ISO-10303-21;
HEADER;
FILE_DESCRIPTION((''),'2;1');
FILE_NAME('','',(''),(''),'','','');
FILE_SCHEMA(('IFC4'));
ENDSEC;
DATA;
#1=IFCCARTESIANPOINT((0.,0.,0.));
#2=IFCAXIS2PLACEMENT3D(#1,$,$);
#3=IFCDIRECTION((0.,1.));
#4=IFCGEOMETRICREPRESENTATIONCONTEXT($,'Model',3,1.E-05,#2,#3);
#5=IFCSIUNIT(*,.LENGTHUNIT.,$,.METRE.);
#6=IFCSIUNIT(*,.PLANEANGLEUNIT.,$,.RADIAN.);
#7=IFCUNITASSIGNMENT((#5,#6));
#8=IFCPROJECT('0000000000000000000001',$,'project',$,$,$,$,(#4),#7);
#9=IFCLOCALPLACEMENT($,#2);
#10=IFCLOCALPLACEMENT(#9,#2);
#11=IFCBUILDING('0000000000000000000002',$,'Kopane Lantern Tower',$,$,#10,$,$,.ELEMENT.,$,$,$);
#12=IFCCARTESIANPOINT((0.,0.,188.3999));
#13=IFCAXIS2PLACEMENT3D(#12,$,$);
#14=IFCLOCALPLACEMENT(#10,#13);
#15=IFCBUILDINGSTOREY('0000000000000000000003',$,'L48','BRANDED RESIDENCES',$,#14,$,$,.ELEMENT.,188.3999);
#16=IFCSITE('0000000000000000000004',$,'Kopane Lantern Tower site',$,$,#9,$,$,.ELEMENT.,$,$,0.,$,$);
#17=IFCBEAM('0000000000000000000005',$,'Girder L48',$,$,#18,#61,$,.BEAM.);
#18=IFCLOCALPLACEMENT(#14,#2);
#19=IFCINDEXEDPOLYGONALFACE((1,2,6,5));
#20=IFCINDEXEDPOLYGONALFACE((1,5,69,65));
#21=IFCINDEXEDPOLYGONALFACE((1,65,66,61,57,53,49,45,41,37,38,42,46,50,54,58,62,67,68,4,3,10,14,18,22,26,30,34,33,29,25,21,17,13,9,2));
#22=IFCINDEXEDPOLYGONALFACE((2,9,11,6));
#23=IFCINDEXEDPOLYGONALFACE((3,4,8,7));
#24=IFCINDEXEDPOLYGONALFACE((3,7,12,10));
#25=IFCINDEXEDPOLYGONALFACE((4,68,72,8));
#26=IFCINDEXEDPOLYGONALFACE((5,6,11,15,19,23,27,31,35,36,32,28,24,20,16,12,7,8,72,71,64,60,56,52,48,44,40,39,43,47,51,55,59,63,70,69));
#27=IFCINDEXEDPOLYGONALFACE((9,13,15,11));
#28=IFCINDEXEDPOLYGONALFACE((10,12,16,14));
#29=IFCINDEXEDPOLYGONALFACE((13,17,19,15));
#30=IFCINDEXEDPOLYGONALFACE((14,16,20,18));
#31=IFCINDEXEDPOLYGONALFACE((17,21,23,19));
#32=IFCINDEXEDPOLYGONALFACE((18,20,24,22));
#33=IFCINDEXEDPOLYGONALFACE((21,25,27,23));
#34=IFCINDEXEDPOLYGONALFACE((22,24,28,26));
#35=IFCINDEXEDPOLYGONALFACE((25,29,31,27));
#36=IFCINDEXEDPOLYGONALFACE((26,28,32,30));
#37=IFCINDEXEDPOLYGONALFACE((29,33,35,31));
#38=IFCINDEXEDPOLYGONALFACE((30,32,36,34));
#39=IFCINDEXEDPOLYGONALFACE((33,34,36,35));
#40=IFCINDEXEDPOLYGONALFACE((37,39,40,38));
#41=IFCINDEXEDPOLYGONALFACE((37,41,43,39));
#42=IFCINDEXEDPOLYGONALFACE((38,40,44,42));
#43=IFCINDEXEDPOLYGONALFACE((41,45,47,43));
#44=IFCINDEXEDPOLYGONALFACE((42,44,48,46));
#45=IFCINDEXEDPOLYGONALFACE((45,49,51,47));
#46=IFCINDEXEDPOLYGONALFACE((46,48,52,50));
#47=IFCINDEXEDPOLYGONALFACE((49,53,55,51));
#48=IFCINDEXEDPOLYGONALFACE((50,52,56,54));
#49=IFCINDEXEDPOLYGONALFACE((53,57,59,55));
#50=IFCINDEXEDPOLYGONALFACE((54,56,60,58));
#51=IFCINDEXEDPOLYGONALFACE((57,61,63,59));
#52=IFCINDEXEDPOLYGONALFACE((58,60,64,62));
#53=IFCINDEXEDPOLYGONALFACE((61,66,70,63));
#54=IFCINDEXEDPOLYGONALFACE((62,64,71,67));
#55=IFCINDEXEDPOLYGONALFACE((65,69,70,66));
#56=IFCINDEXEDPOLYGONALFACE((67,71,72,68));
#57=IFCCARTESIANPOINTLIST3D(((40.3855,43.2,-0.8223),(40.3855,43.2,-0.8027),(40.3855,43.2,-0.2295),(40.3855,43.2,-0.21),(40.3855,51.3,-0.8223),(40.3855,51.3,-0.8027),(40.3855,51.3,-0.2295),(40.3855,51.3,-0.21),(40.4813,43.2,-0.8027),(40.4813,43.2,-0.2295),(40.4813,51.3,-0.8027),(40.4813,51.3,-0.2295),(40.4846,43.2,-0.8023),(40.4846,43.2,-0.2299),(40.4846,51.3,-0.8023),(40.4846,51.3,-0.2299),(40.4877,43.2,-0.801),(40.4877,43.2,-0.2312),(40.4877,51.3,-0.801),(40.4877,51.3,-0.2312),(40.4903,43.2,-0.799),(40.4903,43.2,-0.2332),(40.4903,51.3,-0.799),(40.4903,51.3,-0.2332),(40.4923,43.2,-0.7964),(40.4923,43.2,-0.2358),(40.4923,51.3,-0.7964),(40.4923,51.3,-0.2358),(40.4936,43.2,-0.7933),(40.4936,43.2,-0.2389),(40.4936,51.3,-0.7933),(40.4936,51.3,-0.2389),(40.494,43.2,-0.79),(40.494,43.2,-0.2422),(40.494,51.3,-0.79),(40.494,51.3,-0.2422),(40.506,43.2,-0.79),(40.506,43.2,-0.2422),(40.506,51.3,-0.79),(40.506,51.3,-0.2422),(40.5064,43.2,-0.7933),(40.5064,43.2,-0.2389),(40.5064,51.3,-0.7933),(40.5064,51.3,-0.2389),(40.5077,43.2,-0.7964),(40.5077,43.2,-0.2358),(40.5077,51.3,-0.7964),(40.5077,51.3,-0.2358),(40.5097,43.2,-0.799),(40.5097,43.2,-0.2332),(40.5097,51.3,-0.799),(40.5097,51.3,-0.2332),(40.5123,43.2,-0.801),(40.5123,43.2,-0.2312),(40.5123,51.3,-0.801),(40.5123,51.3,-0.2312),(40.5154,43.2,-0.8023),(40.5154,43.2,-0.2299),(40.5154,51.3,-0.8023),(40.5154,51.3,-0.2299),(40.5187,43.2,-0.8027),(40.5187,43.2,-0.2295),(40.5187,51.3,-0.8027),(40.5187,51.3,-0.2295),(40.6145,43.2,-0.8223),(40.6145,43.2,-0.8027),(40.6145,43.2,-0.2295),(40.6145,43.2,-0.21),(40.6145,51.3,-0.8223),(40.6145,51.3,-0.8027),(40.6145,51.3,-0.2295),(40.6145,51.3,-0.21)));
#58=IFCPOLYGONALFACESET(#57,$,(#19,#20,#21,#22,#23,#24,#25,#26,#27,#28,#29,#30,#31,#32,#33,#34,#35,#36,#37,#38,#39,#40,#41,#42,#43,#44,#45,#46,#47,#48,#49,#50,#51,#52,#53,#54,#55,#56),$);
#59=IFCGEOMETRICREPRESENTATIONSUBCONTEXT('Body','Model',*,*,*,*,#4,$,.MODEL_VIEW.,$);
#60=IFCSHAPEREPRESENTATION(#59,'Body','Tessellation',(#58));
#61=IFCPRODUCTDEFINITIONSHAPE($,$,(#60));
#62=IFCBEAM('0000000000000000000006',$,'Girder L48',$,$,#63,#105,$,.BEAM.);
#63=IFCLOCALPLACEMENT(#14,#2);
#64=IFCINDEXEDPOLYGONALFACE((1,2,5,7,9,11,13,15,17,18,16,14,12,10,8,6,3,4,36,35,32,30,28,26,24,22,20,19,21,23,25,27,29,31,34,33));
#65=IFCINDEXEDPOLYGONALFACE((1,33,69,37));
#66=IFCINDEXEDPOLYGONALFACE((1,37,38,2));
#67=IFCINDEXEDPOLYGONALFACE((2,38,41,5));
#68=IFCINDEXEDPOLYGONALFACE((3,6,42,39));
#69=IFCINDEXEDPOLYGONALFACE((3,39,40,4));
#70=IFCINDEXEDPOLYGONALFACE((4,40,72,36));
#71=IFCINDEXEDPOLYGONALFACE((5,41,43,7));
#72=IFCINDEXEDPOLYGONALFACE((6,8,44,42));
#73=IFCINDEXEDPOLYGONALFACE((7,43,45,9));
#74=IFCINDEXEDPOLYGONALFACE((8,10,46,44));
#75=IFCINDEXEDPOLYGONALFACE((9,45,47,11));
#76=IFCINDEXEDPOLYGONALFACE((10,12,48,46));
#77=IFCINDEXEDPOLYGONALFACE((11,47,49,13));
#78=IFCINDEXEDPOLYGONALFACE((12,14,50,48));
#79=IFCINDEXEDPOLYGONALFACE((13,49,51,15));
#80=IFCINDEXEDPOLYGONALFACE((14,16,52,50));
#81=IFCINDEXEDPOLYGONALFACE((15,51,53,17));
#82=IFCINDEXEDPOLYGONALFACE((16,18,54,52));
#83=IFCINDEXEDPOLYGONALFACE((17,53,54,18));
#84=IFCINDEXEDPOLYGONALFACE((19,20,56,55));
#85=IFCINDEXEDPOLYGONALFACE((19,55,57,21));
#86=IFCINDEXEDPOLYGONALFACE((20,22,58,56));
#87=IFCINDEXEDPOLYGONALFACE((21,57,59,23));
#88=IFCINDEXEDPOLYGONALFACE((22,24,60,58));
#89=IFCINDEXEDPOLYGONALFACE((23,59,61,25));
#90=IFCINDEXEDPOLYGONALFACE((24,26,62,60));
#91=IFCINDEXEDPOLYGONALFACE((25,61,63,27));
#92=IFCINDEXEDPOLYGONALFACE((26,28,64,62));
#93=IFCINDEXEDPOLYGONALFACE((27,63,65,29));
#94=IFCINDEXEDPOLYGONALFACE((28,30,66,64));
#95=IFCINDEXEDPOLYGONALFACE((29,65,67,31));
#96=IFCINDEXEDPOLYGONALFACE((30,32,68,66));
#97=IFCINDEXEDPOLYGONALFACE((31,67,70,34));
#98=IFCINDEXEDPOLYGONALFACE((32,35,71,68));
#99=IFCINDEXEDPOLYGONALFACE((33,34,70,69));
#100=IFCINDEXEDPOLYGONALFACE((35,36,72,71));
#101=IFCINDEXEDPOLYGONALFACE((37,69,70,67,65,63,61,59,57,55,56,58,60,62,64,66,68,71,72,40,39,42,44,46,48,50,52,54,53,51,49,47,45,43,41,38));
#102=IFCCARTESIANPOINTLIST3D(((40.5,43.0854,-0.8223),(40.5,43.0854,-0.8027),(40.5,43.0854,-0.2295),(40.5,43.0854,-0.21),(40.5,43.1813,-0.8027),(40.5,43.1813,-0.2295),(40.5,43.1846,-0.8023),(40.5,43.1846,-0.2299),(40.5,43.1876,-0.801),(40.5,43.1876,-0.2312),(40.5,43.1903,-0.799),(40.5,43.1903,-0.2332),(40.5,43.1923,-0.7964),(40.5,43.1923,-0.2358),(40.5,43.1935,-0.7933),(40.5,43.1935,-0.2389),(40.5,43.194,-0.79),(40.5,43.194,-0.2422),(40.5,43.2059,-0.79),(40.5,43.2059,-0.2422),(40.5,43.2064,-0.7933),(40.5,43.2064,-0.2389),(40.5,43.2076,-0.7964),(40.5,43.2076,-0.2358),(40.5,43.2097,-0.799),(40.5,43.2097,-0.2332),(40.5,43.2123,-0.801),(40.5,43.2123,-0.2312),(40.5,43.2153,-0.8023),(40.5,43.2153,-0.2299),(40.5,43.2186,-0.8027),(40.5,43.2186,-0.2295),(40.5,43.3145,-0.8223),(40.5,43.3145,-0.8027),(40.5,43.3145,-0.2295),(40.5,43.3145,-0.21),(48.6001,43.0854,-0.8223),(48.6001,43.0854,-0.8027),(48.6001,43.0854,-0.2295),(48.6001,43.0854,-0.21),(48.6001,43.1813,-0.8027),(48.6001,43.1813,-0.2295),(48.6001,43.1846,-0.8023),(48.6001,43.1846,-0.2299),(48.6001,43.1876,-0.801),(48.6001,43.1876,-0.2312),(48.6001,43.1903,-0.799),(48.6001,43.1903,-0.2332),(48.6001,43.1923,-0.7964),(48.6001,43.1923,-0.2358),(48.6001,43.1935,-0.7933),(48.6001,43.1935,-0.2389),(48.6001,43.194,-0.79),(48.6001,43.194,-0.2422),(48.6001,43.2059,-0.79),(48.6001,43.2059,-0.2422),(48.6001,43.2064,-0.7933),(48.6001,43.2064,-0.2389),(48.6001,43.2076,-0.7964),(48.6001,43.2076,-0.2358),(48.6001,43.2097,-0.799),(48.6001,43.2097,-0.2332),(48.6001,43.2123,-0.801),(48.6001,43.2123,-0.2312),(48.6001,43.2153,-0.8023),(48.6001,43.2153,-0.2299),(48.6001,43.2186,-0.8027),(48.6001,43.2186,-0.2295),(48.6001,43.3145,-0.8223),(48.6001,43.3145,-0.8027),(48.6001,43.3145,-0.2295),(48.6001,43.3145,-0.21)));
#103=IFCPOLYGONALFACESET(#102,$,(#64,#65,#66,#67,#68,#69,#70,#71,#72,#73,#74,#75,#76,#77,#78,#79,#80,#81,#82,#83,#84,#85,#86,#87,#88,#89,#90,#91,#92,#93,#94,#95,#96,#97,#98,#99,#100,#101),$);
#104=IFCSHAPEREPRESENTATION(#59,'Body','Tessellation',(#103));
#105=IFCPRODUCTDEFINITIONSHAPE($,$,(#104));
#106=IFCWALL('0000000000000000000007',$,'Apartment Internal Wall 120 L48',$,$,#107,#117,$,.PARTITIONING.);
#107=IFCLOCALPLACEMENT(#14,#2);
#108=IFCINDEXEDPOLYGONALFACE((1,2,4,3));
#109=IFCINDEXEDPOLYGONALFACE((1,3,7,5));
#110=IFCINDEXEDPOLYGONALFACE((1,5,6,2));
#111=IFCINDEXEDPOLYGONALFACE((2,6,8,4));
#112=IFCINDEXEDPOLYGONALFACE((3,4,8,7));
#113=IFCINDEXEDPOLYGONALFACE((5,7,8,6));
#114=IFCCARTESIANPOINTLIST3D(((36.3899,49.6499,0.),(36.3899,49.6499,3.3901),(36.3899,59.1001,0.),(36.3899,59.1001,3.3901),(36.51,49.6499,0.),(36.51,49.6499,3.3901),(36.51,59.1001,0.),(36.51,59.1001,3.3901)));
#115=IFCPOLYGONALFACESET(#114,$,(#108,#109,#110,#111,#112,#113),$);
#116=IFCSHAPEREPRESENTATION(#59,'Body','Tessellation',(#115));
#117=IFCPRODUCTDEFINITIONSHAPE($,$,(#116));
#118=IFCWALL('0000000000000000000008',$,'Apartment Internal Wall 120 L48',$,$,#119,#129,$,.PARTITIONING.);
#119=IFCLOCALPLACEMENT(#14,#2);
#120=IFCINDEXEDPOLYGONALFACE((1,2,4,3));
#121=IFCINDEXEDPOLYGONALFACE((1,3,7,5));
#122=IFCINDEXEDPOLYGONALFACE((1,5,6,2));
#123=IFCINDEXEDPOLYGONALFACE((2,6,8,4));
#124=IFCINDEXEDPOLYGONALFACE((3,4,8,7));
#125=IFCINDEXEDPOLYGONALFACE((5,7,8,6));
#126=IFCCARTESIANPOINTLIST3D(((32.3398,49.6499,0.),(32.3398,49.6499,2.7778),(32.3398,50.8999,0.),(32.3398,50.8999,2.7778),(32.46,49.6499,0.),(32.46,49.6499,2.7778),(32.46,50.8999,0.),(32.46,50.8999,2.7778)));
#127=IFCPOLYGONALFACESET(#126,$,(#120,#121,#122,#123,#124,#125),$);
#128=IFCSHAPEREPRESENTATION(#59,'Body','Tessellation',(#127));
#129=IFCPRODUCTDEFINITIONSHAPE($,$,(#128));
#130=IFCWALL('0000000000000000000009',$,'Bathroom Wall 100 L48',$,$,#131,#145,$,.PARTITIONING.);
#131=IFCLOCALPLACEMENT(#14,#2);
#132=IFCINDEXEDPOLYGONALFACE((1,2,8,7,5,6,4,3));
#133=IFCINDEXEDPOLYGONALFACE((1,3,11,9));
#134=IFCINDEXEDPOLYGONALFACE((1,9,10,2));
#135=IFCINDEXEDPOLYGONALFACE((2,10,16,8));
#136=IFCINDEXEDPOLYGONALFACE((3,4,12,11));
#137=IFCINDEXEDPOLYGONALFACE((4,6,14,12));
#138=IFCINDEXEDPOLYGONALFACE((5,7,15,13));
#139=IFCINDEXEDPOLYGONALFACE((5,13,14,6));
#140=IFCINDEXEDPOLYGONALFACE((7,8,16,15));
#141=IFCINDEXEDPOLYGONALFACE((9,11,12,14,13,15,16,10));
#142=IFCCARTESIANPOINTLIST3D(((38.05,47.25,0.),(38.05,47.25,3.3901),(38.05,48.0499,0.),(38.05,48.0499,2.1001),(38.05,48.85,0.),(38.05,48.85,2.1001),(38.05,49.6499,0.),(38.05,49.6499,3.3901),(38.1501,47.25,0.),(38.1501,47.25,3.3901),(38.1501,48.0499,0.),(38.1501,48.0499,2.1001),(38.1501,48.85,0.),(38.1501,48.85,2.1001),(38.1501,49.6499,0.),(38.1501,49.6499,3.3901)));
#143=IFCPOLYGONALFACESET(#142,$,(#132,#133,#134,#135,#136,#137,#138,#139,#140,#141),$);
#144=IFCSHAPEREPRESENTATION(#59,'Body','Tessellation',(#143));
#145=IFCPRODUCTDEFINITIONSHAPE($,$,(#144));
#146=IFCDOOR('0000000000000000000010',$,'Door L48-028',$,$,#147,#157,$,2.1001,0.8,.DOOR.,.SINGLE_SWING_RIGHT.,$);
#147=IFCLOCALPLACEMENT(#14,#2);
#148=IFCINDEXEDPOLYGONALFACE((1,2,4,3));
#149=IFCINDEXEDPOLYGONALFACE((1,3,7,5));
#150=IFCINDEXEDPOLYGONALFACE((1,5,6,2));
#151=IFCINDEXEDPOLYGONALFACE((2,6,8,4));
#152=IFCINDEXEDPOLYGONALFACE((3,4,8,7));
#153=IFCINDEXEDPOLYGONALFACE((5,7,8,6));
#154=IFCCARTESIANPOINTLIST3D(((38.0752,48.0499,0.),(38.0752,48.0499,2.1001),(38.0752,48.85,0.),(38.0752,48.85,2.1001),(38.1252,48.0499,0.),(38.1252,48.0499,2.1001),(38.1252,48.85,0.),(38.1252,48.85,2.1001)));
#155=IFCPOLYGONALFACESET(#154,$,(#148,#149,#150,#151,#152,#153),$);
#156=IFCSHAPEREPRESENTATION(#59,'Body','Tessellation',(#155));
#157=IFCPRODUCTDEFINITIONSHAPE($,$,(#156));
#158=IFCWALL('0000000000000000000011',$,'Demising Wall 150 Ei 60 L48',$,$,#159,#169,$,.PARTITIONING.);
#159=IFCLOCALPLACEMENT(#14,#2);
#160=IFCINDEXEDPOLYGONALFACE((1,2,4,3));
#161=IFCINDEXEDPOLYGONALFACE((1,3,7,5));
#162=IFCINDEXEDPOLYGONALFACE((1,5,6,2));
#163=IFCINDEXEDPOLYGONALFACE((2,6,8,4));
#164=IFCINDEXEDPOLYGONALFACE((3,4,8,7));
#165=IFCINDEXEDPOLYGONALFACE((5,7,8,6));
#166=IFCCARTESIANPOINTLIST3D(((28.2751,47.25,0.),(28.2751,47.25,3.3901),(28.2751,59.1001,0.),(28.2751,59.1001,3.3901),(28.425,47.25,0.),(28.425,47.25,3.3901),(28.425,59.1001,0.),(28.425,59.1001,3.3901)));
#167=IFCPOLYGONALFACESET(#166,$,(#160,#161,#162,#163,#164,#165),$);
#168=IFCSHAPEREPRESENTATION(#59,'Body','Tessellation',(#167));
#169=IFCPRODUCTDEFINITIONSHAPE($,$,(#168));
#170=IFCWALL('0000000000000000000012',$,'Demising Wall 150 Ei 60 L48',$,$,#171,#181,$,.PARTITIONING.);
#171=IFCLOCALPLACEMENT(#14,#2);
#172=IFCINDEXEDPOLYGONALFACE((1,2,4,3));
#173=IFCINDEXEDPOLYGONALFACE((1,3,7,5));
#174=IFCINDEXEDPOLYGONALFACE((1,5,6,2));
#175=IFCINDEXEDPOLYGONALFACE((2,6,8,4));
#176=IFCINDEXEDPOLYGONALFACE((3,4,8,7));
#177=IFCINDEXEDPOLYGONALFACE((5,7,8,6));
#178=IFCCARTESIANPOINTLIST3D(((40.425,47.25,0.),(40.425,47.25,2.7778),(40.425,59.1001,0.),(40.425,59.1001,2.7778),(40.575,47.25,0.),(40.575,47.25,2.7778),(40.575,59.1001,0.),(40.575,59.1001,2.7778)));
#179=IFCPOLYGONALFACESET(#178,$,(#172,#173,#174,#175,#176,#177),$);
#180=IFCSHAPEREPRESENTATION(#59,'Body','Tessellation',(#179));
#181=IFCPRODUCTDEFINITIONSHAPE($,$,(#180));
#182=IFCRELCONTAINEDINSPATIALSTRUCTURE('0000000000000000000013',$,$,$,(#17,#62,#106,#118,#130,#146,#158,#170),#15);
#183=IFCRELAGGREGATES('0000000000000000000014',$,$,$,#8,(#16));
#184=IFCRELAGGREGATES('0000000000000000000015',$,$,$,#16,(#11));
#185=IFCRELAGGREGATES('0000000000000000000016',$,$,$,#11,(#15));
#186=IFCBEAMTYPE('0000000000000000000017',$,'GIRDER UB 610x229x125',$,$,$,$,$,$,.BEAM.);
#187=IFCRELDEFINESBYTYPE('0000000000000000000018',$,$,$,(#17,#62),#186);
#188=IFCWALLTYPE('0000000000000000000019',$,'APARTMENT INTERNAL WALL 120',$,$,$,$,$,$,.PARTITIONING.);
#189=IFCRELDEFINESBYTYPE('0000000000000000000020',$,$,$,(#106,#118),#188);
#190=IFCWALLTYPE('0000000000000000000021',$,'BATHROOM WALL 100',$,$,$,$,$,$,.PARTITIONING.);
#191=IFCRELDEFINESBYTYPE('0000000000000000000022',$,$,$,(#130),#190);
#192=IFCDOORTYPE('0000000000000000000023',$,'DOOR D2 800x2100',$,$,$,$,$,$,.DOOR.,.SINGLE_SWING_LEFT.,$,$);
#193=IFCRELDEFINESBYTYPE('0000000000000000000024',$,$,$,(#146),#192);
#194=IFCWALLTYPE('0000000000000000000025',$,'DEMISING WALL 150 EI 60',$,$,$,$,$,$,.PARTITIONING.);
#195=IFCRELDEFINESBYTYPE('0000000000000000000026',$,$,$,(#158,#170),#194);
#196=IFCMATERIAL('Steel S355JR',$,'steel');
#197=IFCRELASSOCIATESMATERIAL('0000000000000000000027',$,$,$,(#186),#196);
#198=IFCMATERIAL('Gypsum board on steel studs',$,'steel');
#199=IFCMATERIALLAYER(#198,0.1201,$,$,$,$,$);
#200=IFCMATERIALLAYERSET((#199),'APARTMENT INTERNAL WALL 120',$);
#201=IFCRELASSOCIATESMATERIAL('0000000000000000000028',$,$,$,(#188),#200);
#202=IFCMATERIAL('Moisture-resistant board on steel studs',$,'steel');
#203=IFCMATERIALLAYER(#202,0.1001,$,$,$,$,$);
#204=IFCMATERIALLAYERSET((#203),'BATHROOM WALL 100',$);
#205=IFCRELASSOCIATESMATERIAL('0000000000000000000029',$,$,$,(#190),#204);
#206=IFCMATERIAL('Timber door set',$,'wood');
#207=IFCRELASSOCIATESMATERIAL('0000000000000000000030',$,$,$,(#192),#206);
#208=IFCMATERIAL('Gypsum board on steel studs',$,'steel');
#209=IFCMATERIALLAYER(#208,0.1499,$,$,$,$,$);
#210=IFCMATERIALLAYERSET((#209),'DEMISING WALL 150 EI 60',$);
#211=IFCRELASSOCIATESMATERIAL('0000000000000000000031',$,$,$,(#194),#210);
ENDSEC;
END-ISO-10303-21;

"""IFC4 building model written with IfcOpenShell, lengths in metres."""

from ifc_helpers import new_model, si_unit, direction, frame, frame_2d, origin, origin_2d, place, context, subcontext, project, spatial, rectangle, i_section, extrude, material, layer, layer_set, material_profile, profile_set, type_object, element, fill, save


model = new_model("IFC4")

# Units and contexts
model_context = context("Model", 3, precision=1e-05, world=origin(), true_north=direction((0.0, 1.0)))
body_context = subcontext(model_context, "Body", "Model", "MODEL_VIEW")
ifc_project = project(units=[si_unit("LENGTHUNIT", "METRE"), si_unit("PLANEANGLEUNIT", "RADIAN")], contexts=[model_context])

# Site, building, storey
site_placement = place(None, origin())
site = spatial("IfcSite", under=ifc_project, at=site_placement, Name="Kopane Lantern Tower site", CompositionType="ELEMENT", RefElevation=0.0)
building_placement = place(site_placement, origin())
building = spatial("IfcBuilding", under=site, at=building_placement, Name="Kopane Lantern Tower", CompositionType="ELEMENT")
storey_placement = place(building_placement, frame((0.0, 0.0, 188.3999)))
storey = spatial("IfcBuildingStorey", under=building, at=storey_placement, Name="L48", Description="BRANDED RESIDENCES", CompositionType="ELEMENT", Elevation=188.3999)

# Beams
ifc_material_1 = material(Name="Steel S355JR", Category="steel")
ifc_material_profile_1 = material_profile(ifc_material_1, i_section(OverallWidth=0.229, OverallDepth=0.6123, WebThickness=0.012, FlangeThickness=0.0195, FilletRadius=0.0127, at=origin_2d()), Name="UB 610x229x125")
ifc_profile_set_1 = profile_set([ifc_material_profile_1], Name="Steel S355JR")
beam_type_1 = type_object("IfcBeamType", Name="GIRDER UB 610x229x125", PredefinedType="BEAM", material=ifc_profile_set_1)
for number, where, z_axis, x_axis, name in (
    (1, (40.5, 43.2, -0.5161), (0.0, 1.0, 0.0), (-1.0, 0.0, 0.0), "Girder L48"),
    (2, (40.5, 43.2, -0.5161), (1.0, 0.0, 0.0), (0.0, 1.0, 0.0), "Girder L48"),
):
    element("IfcBeam", number, at=place(storey_placement, frame(where, z_axis=z_axis, x_axis=x_axis)), inside=storey, type_object=beam_type_1, Name=name, PredefinedType="BEAM", context=body_context, shape_type="SweptSolid", body=[
        extrude(i_section(OverallWidth=0.229, OverallDepth=0.6123, WebThickness=0.012, FlangeThickness=0.0195, FilletRadius=0.0127, at=origin_2d()), origin(), (0.0, 0.0, 1.0), 8.1001),
    ])

# Walls
ifc_material_2 = material(Name="Gypsum board on steel studs", Category="steel")
ifc_layer_1 = layer(ifc_material_2, 0.1201)
ifc_layer_set_1 = layer_set([ifc_layer_1], Name="APARTMENT INTERNAL WALL 120")
wall_type_1 = type_object("IfcWallType", Name="APARTMENT INTERNAL WALL 120", PredefinedType="PARTITIONING", material=ifc_layer_set_1)
wall_1_placement = place(storey_placement, frame((36.45, 49.6499, 0.0), z_axis=(0.0, 0.0, 1.0), x_axis=(0.0, 1.0, 0.0)))
element("IfcWall", 3, at=wall_1_placement, inside=storey, type_object=wall_type_1, Name="Apartment Internal Wall 120 L48", PredefinedType="PARTITIONING", context=body_context, shape_type="SweptSolid", body=[
    extrude(rectangle(XDim=9.4502, YDim=0.1201, at=frame_2d((4.7251, 0.0))), origin(), (0.0, 0.0, 1.0), 3.3901),
])
wall_2_placement = place(storey_placement, frame((32.3999, 49.6499, 0.0), z_axis=(0.0, 0.0, 1.0), x_axis=(0.0, 1.0, 0.0)))
element("IfcWall", 4, at=wall_2_placement, inside=storey, type_object=wall_type_1, Name="Apartment Internal Wall 120 L48", PredefinedType="PARTITIONING", context=body_context, shape_type="SweptSolid", body=[
    extrude(rectangle(XDim=1.25, YDim=0.1201, at=frame_2d((0.625, 0.0))), origin(), (0.0, 0.0, 1.0), 2.7778),
])

# Wall, opening, door
ifc_material_3 = material(Name="Moisture-resistant board on steel studs", Category="steel")
ifc_layer_2 = layer(ifc_material_3, 0.1001)
ifc_layer_set_2 = layer_set([ifc_layer_2], Name="BATHROOM WALL 100")
wall_type_2 = type_object("IfcWallType", Name="BATHROOM WALL 100", PredefinedType="PARTITIONING", material=ifc_layer_set_2)
wall_3_placement = place(storey_placement, frame((38.1001, 47.25, 0.0), z_axis=(0.0, 0.0, 1.0), x_axis=(0.0, 1.0, 0.0)))
wall_3 = element("IfcWall", 5, at=wall_3_placement, inside=storey, type_object=wall_type_2, Name="Bathroom Wall 100 L48", PredefinedType="PARTITIONING", context=body_context, shape_type="SweptSolid", body=[
    extrude(rectangle(XDim=2.3999, YDim=0.1001, at=frame_2d((1.2, 0.0))), origin(), (0.0, 0.0, 1.0), 3.3901),
])
opening_placement = place(wall_3_placement, frame((0.8, 0.0, 0.0)))
opening = element("IfcOpeningElement", 6, at=opening_placement, cuts=wall_3, PredefinedType="OPENING", context=body_context, shape_type="SweptSolid", body=[
    extrude(rectangle(XDim=0.8, YDim=2.1001, at=frame_2d((0.3999, 1.05))), frame((0.0, 0.0601, 0.0), z_axis=(0.0, -1.0, 0.0), x_axis=(1.0, 0.0, 0.0)), (0.0, 0.0, 1.0), 0.1201),
])
ifc_material_4 = material(Name="Timber door set", Category="wood")
door_type = type_object("IfcDoorType", Name="DOOR D2 800x2100", OperationType="SINGLE_SWING_LEFT", PredefinedType="DOOR", material=ifc_material_4)
door_placement = place(opening_placement, origin())
door = element("IfcDoor", 7, at=door_placement, inside=storey, type_object=door_type, Name="Door L48-028", OperationType="SINGLE_SWING_RIGHT", OverallHeight=2.1001, OverallWidth=0.8, PredefinedType="DOOR", context=body_context, shape_type="SweptSolid", body=[
    extrude(rectangle(XDim=0.8, YDim=2.1001, at=frame_2d((0.3999, 1.05))), frame((0.0, 0.0249, 0.0), z_axis=(0.0, -1.0, 0.0), x_axis=(1.0, 0.0, 0.0)), (0.0, 0.0, 1.0), 0.05),
])
fill(opening, door)

# Walls
ifc_material_5 = material(Name="Gypsum board on steel studs", Category="steel")
ifc_layer_3 = layer(ifc_material_5, 0.1499)
ifc_layer_set_3 = layer_set([ifc_layer_3], Name="DEMISING WALL 150 EI 60")
wall_type_3 = type_object("IfcWallType", Name="DEMISING WALL 150 EI 60", PredefinedType="PARTITIONING", material=ifc_layer_set_3)
wall_4_placement = place(storey_placement, frame((28.3501, 47.25, 0.0), z_axis=(0.0, 0.0, 1.0), x_axis=(0.0, 1.0, 0.0)))
element("IfcWall", 8, at=wall_4_placement, inside=storey, type_object=wall_type_3, Name="Demising Wall 150 Ei 60 L48", PredefinedType="PARTITIONING", context=body_context, shape_type="SweptSolid", body=[
    extrude(rectangle(XDim=11.8501, YDim=0.1499, at=frame_2d((5.925, 0.0))), origin(), (0.0, 0.0, 1.0), 3.3901),
])
wall_5_placement = place(storey_placement, frame((40.5, 47.25, 0.0), z_axis=(0.0, 0.0, 1.0), x_axis=(0.0, 1.0, 0.0)))
element("IfcWall", 9, at=wall_5_placement, inside=storey, type_object=wall_type_3, Name="Demising Wall 150 Ei 60 L48", PredefinedType="PARTITIONING", context=body_context, shape_type="SweptSolid", body=[
    extrude(rectangle(XDim=11.8501, YDim=0.1499, at=frame_2d((5.925, 0.0))), origin(), (0.0, 0.0, 1.0), 2.7778),
])

save(model, "model.ifc")
